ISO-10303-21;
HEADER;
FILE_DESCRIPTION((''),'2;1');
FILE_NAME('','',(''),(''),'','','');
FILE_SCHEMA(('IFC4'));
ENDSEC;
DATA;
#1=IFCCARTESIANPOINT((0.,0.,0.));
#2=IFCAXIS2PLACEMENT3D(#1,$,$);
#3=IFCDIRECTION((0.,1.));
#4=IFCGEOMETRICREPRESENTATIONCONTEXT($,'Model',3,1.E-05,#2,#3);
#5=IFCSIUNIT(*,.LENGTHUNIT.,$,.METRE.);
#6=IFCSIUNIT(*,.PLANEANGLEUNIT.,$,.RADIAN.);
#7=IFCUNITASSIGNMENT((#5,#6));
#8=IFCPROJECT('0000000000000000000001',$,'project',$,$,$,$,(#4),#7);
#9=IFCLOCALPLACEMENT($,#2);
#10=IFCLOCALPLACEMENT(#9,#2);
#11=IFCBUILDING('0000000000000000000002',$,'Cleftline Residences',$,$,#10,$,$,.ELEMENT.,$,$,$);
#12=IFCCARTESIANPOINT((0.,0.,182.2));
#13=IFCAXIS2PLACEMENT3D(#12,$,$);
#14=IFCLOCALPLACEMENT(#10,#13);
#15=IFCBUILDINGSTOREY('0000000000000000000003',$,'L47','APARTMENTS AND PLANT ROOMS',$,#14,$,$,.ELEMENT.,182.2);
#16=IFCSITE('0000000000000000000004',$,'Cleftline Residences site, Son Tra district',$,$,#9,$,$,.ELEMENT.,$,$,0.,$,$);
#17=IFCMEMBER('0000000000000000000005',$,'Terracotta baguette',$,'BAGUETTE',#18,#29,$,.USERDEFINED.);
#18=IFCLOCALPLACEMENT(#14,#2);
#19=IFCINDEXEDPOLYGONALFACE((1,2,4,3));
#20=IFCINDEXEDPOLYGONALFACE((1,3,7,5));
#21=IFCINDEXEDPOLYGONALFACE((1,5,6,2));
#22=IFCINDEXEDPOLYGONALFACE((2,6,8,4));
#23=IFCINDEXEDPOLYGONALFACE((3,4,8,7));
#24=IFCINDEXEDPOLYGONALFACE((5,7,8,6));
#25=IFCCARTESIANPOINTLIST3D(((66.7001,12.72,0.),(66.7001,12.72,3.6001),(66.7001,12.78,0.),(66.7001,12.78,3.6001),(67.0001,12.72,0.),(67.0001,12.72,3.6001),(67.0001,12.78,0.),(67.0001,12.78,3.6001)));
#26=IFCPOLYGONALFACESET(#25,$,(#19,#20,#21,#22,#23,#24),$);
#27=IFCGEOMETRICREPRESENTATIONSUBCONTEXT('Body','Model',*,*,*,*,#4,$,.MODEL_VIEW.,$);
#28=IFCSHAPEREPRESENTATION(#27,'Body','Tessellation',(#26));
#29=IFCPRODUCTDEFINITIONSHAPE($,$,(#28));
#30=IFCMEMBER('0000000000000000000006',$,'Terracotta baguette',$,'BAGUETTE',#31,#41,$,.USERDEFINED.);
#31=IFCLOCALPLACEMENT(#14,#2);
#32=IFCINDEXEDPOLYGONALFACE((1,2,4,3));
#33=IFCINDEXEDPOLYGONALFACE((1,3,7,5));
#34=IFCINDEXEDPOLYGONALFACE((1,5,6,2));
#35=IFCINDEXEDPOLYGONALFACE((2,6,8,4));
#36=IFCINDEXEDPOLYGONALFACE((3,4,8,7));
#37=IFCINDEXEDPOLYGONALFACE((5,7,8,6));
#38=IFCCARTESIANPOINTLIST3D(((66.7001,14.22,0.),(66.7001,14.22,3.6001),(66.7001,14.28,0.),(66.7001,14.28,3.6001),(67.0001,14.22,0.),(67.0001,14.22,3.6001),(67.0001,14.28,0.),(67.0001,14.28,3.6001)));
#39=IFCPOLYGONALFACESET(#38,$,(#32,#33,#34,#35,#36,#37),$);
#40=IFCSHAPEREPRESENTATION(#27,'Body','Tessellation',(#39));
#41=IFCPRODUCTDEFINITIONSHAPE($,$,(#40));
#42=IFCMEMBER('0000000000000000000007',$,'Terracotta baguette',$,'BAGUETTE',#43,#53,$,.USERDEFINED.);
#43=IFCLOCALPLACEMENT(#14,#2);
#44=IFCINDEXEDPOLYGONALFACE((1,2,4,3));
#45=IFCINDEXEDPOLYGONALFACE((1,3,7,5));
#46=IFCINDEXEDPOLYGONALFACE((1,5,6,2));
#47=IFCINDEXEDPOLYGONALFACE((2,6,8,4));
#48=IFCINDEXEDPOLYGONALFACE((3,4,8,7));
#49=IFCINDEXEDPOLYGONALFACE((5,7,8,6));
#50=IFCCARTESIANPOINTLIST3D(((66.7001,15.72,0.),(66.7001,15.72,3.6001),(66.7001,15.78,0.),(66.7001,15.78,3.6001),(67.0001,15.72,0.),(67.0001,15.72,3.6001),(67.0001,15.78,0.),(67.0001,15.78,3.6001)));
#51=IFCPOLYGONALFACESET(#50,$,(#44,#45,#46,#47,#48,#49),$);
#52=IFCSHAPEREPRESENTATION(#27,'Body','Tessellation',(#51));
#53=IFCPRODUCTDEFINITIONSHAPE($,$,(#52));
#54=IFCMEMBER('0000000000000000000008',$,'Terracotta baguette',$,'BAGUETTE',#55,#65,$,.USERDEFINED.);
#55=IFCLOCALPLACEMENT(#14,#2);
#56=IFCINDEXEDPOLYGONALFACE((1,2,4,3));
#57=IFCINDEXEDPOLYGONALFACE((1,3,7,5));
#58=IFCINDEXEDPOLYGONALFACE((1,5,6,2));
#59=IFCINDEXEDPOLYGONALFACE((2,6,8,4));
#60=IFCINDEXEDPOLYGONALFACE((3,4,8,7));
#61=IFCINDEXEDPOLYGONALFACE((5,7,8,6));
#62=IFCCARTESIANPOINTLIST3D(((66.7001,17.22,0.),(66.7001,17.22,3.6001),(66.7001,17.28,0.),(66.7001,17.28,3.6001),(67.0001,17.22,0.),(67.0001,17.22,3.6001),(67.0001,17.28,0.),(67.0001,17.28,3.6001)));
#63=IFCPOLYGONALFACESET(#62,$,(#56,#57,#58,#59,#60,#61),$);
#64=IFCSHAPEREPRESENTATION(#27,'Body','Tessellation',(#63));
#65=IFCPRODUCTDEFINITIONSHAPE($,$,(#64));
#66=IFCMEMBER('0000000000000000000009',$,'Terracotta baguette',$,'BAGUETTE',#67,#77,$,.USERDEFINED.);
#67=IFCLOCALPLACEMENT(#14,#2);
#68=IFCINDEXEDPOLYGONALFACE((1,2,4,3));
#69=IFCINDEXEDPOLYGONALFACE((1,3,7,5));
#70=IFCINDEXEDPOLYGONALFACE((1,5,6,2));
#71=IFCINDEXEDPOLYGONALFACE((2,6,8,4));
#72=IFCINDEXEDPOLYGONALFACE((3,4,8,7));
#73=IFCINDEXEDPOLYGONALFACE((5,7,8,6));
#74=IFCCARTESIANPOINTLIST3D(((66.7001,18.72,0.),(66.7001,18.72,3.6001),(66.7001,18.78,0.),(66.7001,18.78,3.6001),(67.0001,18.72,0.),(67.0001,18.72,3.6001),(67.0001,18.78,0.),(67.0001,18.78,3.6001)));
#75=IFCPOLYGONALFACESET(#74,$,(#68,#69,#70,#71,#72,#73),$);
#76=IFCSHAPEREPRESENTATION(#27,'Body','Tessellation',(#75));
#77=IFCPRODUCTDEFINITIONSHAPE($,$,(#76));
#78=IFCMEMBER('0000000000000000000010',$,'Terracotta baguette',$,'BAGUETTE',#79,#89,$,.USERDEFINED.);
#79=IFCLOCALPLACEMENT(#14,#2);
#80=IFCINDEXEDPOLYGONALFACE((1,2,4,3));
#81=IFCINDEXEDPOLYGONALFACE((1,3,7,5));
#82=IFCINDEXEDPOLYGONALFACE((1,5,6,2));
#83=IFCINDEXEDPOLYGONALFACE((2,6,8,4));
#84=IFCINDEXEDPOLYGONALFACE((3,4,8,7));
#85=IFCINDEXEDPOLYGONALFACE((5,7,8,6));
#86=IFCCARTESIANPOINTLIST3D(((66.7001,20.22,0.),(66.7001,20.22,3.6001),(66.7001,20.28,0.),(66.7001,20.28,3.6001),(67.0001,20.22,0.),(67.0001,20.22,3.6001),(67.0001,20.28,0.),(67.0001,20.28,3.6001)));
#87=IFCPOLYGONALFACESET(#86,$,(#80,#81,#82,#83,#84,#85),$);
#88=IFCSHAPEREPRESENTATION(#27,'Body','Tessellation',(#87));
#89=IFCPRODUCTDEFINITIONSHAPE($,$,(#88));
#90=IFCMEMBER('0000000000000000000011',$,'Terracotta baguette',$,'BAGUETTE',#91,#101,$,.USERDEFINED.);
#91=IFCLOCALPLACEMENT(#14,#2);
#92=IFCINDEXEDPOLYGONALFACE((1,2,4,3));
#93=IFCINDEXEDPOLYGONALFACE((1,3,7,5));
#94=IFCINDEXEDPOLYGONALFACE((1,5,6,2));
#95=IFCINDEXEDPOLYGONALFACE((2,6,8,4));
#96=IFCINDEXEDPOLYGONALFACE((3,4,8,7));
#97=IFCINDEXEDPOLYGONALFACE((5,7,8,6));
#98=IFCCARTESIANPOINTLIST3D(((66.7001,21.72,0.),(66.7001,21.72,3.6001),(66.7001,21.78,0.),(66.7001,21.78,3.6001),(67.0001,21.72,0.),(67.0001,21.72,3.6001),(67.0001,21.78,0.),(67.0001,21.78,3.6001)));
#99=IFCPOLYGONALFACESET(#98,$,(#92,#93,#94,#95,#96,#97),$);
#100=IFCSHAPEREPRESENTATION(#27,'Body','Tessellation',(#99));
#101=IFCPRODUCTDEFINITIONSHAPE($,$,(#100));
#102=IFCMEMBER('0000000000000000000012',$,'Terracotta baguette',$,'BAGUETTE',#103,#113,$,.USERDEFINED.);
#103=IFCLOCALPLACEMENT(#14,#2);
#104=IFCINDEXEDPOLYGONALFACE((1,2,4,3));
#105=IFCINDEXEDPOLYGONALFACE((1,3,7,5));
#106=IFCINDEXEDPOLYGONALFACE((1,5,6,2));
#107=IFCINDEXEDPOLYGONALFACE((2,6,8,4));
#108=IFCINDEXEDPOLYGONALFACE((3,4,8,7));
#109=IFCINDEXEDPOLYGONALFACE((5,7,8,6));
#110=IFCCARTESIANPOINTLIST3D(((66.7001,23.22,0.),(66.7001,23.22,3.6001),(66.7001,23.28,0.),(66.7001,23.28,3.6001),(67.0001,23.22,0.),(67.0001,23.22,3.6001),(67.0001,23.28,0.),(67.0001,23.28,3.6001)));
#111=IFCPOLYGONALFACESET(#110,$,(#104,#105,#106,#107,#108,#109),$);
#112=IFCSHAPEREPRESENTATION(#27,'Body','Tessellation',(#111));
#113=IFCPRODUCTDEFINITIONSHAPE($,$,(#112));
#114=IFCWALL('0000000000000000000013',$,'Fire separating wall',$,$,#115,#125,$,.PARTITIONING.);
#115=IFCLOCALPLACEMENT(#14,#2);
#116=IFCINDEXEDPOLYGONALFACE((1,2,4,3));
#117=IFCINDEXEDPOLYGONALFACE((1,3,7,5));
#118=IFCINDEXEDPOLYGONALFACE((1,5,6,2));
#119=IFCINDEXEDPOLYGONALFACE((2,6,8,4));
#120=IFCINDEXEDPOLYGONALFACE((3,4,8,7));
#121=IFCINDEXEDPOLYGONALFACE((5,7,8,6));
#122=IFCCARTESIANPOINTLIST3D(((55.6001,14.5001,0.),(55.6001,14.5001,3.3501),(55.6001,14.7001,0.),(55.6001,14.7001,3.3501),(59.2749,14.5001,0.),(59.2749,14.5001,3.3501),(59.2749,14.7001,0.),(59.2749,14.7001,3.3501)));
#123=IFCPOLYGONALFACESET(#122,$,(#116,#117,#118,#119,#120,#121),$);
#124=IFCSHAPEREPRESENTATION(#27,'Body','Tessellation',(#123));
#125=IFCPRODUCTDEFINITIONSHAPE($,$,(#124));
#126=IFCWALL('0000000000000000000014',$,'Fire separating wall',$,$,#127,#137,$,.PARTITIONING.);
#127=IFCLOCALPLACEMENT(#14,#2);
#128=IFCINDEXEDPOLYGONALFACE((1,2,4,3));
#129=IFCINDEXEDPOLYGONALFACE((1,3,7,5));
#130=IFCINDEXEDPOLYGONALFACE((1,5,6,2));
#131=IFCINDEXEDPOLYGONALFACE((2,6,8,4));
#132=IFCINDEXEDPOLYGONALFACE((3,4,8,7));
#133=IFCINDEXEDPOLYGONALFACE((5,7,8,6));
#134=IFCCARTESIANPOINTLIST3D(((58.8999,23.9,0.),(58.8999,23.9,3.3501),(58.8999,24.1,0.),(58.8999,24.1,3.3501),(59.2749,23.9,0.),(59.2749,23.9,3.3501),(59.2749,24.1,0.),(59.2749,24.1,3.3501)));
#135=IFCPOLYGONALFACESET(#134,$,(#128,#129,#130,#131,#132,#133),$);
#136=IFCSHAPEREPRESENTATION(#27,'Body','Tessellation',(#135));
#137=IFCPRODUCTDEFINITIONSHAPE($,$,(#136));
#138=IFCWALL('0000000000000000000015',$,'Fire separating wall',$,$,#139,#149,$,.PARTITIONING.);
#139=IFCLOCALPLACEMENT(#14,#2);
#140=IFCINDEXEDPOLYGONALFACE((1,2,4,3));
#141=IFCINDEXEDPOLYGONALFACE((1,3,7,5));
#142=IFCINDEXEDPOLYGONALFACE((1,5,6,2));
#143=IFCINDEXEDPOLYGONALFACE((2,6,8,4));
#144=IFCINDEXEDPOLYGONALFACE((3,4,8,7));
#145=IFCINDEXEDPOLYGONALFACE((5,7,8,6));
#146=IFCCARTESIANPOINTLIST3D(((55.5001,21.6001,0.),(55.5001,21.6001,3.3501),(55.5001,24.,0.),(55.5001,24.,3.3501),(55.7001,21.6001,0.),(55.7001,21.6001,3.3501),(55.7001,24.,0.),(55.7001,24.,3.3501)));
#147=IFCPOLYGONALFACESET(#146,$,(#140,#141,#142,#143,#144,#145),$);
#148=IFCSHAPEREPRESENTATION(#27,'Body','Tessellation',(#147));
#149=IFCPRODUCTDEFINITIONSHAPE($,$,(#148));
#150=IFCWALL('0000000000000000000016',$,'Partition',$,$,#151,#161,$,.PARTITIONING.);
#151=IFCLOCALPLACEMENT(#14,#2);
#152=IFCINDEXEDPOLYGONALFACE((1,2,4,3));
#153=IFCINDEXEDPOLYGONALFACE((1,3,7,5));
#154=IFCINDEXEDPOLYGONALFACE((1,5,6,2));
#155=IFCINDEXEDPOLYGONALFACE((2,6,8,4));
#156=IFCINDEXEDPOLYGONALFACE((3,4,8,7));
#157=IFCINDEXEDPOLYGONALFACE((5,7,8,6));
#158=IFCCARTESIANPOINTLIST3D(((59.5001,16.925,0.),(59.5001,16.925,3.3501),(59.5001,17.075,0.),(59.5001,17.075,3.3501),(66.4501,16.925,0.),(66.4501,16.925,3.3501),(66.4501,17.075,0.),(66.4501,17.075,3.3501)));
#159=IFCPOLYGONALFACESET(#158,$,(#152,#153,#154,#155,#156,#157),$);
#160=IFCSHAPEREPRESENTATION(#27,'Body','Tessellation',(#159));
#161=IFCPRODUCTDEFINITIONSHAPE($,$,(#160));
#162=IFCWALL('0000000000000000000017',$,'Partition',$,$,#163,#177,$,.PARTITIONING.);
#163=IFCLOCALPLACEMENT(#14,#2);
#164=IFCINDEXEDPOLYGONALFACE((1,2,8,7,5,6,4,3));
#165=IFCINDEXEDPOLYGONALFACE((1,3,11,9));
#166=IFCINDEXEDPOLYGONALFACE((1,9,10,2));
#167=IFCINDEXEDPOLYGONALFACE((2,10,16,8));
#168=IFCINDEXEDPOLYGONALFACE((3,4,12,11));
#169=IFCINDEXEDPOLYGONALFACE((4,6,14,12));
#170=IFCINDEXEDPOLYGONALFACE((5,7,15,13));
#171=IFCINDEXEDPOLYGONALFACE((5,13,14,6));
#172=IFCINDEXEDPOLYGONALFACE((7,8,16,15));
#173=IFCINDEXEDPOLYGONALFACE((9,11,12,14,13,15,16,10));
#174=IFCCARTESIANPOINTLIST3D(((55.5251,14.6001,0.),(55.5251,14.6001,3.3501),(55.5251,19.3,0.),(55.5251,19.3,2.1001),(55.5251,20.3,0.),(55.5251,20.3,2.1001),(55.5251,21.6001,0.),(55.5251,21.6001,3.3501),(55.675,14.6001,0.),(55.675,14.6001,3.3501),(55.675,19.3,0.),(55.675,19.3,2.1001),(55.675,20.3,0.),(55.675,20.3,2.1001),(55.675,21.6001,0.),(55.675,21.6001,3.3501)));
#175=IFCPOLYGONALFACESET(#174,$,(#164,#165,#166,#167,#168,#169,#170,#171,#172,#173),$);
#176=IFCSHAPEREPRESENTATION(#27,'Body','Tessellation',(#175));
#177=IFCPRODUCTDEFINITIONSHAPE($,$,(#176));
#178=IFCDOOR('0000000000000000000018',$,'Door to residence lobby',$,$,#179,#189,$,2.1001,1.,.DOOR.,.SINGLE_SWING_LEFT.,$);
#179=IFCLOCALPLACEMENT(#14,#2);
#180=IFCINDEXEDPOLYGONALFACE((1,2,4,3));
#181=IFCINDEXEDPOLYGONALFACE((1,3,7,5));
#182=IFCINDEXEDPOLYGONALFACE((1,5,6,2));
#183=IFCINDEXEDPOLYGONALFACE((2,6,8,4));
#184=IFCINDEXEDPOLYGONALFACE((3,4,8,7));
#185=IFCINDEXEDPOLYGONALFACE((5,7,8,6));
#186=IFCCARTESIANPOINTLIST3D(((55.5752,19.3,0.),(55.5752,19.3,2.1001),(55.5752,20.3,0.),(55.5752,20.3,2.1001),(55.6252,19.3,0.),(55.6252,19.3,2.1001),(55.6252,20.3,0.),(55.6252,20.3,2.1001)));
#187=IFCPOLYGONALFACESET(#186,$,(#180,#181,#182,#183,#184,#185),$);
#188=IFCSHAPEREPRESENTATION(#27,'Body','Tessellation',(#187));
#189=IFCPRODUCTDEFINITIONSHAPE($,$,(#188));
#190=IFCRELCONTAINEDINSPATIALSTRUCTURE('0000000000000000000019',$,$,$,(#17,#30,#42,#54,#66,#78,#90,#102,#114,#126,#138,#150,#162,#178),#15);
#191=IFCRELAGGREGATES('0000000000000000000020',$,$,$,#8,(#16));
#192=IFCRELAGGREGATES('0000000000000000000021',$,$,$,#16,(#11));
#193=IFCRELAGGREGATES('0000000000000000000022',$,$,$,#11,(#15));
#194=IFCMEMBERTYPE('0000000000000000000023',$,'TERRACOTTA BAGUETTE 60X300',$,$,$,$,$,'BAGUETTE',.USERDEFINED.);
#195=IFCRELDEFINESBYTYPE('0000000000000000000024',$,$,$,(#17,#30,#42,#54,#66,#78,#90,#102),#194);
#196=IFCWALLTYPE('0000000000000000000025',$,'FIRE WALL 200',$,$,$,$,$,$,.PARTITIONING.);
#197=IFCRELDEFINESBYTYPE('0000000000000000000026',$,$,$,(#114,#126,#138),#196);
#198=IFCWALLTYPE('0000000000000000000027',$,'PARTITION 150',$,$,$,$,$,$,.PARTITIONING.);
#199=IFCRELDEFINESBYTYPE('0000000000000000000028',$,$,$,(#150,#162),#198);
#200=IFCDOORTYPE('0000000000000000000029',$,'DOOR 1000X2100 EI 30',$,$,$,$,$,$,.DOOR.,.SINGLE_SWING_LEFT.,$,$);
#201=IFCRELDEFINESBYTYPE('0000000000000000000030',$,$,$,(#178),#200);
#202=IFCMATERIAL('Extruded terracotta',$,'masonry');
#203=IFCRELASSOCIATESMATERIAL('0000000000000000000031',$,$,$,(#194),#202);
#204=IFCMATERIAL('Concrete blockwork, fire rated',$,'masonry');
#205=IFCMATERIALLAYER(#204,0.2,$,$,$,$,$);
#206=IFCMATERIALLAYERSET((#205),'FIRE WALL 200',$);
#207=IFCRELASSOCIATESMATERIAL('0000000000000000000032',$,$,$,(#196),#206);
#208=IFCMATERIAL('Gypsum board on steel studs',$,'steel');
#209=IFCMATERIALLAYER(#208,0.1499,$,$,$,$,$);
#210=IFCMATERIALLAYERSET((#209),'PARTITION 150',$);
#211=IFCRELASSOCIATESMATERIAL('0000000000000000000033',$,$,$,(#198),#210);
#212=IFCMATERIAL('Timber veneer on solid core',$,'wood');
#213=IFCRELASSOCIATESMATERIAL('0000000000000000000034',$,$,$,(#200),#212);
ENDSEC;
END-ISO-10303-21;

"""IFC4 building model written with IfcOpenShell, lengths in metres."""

from ifc_helpers import new_model, si_unit, direction, frame, frame_2d, origin, origin_2d, place, context, subcontext, project, spatial, rectangle, extrude, material, layer, layer_set, material_profile, profile_set, type_object, element, fill, save


model = new_model("IFC4")

# Units and contexts
model_context = context("Model", 3, precision=1e-05, world=origin(), true_north=direction((0.0, 1.0)))
body_context = subcontext(model_context, "Body", "Model", "MODEL_VIEW")
ifc_project = project(units=[si_unit("LENGTHUNIT", "METRE"), si_unit("PLANEANGLEUNIT", "RADIAN")], contexts=[model_context])

# Site, building, storey
site_placement = place(None, origin())
site = spatial("IfcSite", under=ifc_project, at=site_placement, Name="Cleftline Residences site, Son Tra district", CompositionType="ELEMENT", RefElevation=0.0)
building_placement = place(site_placement, origin())
building = spatial("IfcBuilding", under=site, at=building_placement, Name="Cleftline Residences", CompositionType="ELEMENT")
storey_placement = place(building_placement, frame((0.0, 0.0, 182.2)))
storey = spatial("IfcBuildingStorey", under=building, at=storey_placement, Name="L47", Description="APARTMENTS AND PLANT ROOMS", CompositionType="ELEMENT", Elevation=182.2)

# Members
ifc_material_1 = material(Name="Extruded terracotta", Category="masonry")
ifc_material_profile_1 = material_profile(ifc_material_1, rectangle(XDim=0.0601, YDim=0.3, at=origin_2d()))
ifc_profile_set_1 = profile_set([ifc_material_profile_1], Name="Extruded terracotta")
member_type_1 = type_object("IfcMemberType", Name="TERRACOTTA BAGUETTE 60X300", ElementType="BAGUETTE", PredefinedType="USERDEFINED", material=ifc_profile_set_1)
for number, where, z_axis, x_axis, name in (
    (1, (66.8501, 12.75, 0.0), (0.0, 0.0, 1.0), (0.0, 1.0, 0.0), "Terracotta baguette"),
    (2, (66.8501, 14.25, 0.0), (0.0, 0.0, 1.0), (0.0, 1.0, 0.0), "Terracotta baguette"),
    (3, (66.8501, 15.75, 0.0), (0.0, 0.0, 1.0), (0.0, 1.0, 0.0), "Terracotta baguette"),
    (4, (66.8501, 17.25, 0.0), (0.0, 0.0, 1.0), (0.0, 1.0, 0.0), "Terracotta baguette"),
    (5, (66.8501, 18.75, 0.0), (0.0, 0.0, 1.0), (0.0, 1.0, 0.0), "Terracotta baguette"),
    (6, (66.8501, 20.25, 0.0), (0.0, 0.0, 1.0), (0.0, 1.0, 0.0), "Terracotta baguette"),
    (7, (66.8501, 21.75, 0.0), (0.0, 0.0, 1.0), (0.0, 1.0, 0.0), "Terracotta baguette"),
    (8, (66.8501, 23.25, 0.0), (0.0, 0.0, 1.0), (0.0, 1.0, 0.0), "Terracotta baguette"),
):
    element("IfcMember", number, at=place(storey_placement, frame(where, z_axis=z_axis, x_axis=x_axis)), inside=storey, type_object=member_type_1, Name=name, ObjectType="BAGUETTE", PredefinedType="USERDEFINED", context=body_context, shape_type="SweptSolid", body=[
        extrude(rectangle(XDim=0.0601, YDim=0.3, at=origin_2d()), origin(), (0.0, 0.0, 1.0), 3.6001),
    ])

# Walls
ifc_material_2 = material(Name="Concrete blockwork, fire rated", Category="masonry")
ifc_layer_1 = layer(ifc_material_2, 0.2)
ifc_layer_set_1 = layer_set([ifc_layer_1], Name="FIRE WALL 200")
wall_type_1 = type_object("IfcWallType", Name="FIRE WALL 200", PredefinedType="PARTITIONING", material=ifc_layer_set_1)
wall_1_placement = place(storey_placement, frame((55.6001, 14.6001, 0.0), z_axis=(0.0, 0.0, 1.0), x_axis=(1.0, 0.0, 0.0)))
element("IfcWall", 9, at=wall_1_placement, inside=storey, type_object=wall_type_1, Name="Fire separating wall", PredefinedType="PARTITIONING", context=body_context, shape_type="SweptSolid", body=[
    extrude(rectangle(XDim=3.6748, YDim=0.2, at=frame_2d((1.8374, 0.0))), origin(), (0.0, 0.0, 1.0), 3.3501),
])
wall_2_placement = place(storey_placement, frame((58.8999, 24.0, 0.0), z_axis=(0.0, 0.0, 1.0), x_axis=(1.0, 0.0, 0.0)))
element("IfcWall", 10, at=wall_2_placement, inside=storey, type_object=wall_type_1, Name="Fire separating wall", PredefinedType="PARTITIONING", context=body_context, shape_type="SweptSolid", body=[
    extrude(rectangle(XDim=0.375, YDim=0.2, at=frame_2d((0.1875, 0.0))), origin(), (0.0, 0.0, 1.0), 3.3501),
])
wall_3_placement = place(storey_placement, frame((55.6001, 21.6001, 0.0), z_axis=(0.0, 0.0, 1.0), x_axis=(0.0, 1.0, 0.0)))
element("IfcWall", 11, at=wall_3_placement, inside=storey, type_object=wall_type_1, Name="Fire separating wall", PredefinedType="PARTITIONING", context=body_context, shape_type="SweptSolid", body=[
    extrude(rectangle(XDim=2.3999, YDim=0.2, at=frame_2d((1.2, 0.0))), origin(), (0.0, 0.0, 1.0), 3.3501),
])
ifc_material_3 = material(Name="Gypsum board on steel studs", Category="steel")
ifc_layer_2 = layer(ifc_material_3, 0.1499)
ifc_layer_set_2 = layer_set([ifc_layer_2], Name="PARTITION 150")
wall_type_2 = type_object("IfcWallType", Name="PARTITION 150", PredefinedType="PARTITIONING", material=ifc_layer_set_2)
wall_4_placement = place(storey_placement, frame((59.5, 17.0, 0.0), z_axis=(0.0, 0.0, 1.0), x_axis=(1.0, 0.0, 0.0)))
element("IfcWall", 12, at=wall_4_placement, inside=storey, type_object=wall_type_2, Name="Partition", PredefinedType="PARTITIONING", context=body_context, shape_type="SweptSolid", body=[
    extrude(rectangle(XDim=6.95, YDim=0.1499, at=frame_2d((3.4751, 0.0))), origin(), (0.0, 0.0, 1.0), 3.3501),
])

# Wall, opening, door
wall_5_placement = place(storey_placement, frame((55.6001, 14.6001, 0.0), z_axis=(0.0, 0.0, 1.0), x_axis=(0.0, 1.0, 0.0)))
wall_5 = element("IfcWall", 13, at=wall_5_placement, inside=storey, type_object=wall_type_2, Name="Partition", PredefinedType="PARTITIONING", context=body_context, shape_type="SweptSolid", body=[
    extrude(rectangle(XDim=7.0, YDim=0.1499, at=frame_2d((3.5, 0.0))), origin(), (0.0, 0.0, 1.0), 3.3501),
])
opening_1_placement = place(wall_5_placement, frame((4.7, 0.0, 0.0)))
opening_1 = element("IfcOpeningElement", 14, at=opening_1_placement, cuts=wall_5, PredefinedType="OPENING", context=body_context, shape_type="SweptSolid", body=[
    extrude(rectangle(XDim=1.0, YDim=2.1001, at=frame_2d((0.5, 1.05))), frame((0.0, 0.085, 0.0), z_axis=(0.0, -1.0, 0.0), x_axis=(1.0, 0.0, 0.0)), (0.0, 0.0, 1.0), 0.1699),
])
ifc_material_4 = material(Name="Timber veneer on solid core", Category="wood")
door_type_1 = type_object("IfcDoorType", Name="DOOR 1000X2100 EI 30", OperationType="SINGLE_SWING_LEFT", PredefinedType="DOOR", material=ifc_material_4)
door_1_placement = place(opening_1_placement, origin())
door_1 = element("IfcDoor", 15, at=door_1_placement, inside=storey, type_object=door_type_1, Name="Door to residence lobby", OperationType="SINGLE_SWING_LEFT", OverallHeight=2.1001, OverallWidth=1.0, PredefinedType="DOOR", context=body_context, shape_type="SweptSolid", body=[
    extrude(rectangle(XDim=1.0, YDim=2.1001, at=frame_2d((0.5, 1.05))), frame((0.0, 0.0249, 0.0), z_axis=(0.0, -1.0, 0.0), x_axis=(1.0, 0.0, 0.0)), (0.0, 0.0, 1.0), 0.05),
])
fill(opening_1, door_1)

save(model, "model.ifc")
